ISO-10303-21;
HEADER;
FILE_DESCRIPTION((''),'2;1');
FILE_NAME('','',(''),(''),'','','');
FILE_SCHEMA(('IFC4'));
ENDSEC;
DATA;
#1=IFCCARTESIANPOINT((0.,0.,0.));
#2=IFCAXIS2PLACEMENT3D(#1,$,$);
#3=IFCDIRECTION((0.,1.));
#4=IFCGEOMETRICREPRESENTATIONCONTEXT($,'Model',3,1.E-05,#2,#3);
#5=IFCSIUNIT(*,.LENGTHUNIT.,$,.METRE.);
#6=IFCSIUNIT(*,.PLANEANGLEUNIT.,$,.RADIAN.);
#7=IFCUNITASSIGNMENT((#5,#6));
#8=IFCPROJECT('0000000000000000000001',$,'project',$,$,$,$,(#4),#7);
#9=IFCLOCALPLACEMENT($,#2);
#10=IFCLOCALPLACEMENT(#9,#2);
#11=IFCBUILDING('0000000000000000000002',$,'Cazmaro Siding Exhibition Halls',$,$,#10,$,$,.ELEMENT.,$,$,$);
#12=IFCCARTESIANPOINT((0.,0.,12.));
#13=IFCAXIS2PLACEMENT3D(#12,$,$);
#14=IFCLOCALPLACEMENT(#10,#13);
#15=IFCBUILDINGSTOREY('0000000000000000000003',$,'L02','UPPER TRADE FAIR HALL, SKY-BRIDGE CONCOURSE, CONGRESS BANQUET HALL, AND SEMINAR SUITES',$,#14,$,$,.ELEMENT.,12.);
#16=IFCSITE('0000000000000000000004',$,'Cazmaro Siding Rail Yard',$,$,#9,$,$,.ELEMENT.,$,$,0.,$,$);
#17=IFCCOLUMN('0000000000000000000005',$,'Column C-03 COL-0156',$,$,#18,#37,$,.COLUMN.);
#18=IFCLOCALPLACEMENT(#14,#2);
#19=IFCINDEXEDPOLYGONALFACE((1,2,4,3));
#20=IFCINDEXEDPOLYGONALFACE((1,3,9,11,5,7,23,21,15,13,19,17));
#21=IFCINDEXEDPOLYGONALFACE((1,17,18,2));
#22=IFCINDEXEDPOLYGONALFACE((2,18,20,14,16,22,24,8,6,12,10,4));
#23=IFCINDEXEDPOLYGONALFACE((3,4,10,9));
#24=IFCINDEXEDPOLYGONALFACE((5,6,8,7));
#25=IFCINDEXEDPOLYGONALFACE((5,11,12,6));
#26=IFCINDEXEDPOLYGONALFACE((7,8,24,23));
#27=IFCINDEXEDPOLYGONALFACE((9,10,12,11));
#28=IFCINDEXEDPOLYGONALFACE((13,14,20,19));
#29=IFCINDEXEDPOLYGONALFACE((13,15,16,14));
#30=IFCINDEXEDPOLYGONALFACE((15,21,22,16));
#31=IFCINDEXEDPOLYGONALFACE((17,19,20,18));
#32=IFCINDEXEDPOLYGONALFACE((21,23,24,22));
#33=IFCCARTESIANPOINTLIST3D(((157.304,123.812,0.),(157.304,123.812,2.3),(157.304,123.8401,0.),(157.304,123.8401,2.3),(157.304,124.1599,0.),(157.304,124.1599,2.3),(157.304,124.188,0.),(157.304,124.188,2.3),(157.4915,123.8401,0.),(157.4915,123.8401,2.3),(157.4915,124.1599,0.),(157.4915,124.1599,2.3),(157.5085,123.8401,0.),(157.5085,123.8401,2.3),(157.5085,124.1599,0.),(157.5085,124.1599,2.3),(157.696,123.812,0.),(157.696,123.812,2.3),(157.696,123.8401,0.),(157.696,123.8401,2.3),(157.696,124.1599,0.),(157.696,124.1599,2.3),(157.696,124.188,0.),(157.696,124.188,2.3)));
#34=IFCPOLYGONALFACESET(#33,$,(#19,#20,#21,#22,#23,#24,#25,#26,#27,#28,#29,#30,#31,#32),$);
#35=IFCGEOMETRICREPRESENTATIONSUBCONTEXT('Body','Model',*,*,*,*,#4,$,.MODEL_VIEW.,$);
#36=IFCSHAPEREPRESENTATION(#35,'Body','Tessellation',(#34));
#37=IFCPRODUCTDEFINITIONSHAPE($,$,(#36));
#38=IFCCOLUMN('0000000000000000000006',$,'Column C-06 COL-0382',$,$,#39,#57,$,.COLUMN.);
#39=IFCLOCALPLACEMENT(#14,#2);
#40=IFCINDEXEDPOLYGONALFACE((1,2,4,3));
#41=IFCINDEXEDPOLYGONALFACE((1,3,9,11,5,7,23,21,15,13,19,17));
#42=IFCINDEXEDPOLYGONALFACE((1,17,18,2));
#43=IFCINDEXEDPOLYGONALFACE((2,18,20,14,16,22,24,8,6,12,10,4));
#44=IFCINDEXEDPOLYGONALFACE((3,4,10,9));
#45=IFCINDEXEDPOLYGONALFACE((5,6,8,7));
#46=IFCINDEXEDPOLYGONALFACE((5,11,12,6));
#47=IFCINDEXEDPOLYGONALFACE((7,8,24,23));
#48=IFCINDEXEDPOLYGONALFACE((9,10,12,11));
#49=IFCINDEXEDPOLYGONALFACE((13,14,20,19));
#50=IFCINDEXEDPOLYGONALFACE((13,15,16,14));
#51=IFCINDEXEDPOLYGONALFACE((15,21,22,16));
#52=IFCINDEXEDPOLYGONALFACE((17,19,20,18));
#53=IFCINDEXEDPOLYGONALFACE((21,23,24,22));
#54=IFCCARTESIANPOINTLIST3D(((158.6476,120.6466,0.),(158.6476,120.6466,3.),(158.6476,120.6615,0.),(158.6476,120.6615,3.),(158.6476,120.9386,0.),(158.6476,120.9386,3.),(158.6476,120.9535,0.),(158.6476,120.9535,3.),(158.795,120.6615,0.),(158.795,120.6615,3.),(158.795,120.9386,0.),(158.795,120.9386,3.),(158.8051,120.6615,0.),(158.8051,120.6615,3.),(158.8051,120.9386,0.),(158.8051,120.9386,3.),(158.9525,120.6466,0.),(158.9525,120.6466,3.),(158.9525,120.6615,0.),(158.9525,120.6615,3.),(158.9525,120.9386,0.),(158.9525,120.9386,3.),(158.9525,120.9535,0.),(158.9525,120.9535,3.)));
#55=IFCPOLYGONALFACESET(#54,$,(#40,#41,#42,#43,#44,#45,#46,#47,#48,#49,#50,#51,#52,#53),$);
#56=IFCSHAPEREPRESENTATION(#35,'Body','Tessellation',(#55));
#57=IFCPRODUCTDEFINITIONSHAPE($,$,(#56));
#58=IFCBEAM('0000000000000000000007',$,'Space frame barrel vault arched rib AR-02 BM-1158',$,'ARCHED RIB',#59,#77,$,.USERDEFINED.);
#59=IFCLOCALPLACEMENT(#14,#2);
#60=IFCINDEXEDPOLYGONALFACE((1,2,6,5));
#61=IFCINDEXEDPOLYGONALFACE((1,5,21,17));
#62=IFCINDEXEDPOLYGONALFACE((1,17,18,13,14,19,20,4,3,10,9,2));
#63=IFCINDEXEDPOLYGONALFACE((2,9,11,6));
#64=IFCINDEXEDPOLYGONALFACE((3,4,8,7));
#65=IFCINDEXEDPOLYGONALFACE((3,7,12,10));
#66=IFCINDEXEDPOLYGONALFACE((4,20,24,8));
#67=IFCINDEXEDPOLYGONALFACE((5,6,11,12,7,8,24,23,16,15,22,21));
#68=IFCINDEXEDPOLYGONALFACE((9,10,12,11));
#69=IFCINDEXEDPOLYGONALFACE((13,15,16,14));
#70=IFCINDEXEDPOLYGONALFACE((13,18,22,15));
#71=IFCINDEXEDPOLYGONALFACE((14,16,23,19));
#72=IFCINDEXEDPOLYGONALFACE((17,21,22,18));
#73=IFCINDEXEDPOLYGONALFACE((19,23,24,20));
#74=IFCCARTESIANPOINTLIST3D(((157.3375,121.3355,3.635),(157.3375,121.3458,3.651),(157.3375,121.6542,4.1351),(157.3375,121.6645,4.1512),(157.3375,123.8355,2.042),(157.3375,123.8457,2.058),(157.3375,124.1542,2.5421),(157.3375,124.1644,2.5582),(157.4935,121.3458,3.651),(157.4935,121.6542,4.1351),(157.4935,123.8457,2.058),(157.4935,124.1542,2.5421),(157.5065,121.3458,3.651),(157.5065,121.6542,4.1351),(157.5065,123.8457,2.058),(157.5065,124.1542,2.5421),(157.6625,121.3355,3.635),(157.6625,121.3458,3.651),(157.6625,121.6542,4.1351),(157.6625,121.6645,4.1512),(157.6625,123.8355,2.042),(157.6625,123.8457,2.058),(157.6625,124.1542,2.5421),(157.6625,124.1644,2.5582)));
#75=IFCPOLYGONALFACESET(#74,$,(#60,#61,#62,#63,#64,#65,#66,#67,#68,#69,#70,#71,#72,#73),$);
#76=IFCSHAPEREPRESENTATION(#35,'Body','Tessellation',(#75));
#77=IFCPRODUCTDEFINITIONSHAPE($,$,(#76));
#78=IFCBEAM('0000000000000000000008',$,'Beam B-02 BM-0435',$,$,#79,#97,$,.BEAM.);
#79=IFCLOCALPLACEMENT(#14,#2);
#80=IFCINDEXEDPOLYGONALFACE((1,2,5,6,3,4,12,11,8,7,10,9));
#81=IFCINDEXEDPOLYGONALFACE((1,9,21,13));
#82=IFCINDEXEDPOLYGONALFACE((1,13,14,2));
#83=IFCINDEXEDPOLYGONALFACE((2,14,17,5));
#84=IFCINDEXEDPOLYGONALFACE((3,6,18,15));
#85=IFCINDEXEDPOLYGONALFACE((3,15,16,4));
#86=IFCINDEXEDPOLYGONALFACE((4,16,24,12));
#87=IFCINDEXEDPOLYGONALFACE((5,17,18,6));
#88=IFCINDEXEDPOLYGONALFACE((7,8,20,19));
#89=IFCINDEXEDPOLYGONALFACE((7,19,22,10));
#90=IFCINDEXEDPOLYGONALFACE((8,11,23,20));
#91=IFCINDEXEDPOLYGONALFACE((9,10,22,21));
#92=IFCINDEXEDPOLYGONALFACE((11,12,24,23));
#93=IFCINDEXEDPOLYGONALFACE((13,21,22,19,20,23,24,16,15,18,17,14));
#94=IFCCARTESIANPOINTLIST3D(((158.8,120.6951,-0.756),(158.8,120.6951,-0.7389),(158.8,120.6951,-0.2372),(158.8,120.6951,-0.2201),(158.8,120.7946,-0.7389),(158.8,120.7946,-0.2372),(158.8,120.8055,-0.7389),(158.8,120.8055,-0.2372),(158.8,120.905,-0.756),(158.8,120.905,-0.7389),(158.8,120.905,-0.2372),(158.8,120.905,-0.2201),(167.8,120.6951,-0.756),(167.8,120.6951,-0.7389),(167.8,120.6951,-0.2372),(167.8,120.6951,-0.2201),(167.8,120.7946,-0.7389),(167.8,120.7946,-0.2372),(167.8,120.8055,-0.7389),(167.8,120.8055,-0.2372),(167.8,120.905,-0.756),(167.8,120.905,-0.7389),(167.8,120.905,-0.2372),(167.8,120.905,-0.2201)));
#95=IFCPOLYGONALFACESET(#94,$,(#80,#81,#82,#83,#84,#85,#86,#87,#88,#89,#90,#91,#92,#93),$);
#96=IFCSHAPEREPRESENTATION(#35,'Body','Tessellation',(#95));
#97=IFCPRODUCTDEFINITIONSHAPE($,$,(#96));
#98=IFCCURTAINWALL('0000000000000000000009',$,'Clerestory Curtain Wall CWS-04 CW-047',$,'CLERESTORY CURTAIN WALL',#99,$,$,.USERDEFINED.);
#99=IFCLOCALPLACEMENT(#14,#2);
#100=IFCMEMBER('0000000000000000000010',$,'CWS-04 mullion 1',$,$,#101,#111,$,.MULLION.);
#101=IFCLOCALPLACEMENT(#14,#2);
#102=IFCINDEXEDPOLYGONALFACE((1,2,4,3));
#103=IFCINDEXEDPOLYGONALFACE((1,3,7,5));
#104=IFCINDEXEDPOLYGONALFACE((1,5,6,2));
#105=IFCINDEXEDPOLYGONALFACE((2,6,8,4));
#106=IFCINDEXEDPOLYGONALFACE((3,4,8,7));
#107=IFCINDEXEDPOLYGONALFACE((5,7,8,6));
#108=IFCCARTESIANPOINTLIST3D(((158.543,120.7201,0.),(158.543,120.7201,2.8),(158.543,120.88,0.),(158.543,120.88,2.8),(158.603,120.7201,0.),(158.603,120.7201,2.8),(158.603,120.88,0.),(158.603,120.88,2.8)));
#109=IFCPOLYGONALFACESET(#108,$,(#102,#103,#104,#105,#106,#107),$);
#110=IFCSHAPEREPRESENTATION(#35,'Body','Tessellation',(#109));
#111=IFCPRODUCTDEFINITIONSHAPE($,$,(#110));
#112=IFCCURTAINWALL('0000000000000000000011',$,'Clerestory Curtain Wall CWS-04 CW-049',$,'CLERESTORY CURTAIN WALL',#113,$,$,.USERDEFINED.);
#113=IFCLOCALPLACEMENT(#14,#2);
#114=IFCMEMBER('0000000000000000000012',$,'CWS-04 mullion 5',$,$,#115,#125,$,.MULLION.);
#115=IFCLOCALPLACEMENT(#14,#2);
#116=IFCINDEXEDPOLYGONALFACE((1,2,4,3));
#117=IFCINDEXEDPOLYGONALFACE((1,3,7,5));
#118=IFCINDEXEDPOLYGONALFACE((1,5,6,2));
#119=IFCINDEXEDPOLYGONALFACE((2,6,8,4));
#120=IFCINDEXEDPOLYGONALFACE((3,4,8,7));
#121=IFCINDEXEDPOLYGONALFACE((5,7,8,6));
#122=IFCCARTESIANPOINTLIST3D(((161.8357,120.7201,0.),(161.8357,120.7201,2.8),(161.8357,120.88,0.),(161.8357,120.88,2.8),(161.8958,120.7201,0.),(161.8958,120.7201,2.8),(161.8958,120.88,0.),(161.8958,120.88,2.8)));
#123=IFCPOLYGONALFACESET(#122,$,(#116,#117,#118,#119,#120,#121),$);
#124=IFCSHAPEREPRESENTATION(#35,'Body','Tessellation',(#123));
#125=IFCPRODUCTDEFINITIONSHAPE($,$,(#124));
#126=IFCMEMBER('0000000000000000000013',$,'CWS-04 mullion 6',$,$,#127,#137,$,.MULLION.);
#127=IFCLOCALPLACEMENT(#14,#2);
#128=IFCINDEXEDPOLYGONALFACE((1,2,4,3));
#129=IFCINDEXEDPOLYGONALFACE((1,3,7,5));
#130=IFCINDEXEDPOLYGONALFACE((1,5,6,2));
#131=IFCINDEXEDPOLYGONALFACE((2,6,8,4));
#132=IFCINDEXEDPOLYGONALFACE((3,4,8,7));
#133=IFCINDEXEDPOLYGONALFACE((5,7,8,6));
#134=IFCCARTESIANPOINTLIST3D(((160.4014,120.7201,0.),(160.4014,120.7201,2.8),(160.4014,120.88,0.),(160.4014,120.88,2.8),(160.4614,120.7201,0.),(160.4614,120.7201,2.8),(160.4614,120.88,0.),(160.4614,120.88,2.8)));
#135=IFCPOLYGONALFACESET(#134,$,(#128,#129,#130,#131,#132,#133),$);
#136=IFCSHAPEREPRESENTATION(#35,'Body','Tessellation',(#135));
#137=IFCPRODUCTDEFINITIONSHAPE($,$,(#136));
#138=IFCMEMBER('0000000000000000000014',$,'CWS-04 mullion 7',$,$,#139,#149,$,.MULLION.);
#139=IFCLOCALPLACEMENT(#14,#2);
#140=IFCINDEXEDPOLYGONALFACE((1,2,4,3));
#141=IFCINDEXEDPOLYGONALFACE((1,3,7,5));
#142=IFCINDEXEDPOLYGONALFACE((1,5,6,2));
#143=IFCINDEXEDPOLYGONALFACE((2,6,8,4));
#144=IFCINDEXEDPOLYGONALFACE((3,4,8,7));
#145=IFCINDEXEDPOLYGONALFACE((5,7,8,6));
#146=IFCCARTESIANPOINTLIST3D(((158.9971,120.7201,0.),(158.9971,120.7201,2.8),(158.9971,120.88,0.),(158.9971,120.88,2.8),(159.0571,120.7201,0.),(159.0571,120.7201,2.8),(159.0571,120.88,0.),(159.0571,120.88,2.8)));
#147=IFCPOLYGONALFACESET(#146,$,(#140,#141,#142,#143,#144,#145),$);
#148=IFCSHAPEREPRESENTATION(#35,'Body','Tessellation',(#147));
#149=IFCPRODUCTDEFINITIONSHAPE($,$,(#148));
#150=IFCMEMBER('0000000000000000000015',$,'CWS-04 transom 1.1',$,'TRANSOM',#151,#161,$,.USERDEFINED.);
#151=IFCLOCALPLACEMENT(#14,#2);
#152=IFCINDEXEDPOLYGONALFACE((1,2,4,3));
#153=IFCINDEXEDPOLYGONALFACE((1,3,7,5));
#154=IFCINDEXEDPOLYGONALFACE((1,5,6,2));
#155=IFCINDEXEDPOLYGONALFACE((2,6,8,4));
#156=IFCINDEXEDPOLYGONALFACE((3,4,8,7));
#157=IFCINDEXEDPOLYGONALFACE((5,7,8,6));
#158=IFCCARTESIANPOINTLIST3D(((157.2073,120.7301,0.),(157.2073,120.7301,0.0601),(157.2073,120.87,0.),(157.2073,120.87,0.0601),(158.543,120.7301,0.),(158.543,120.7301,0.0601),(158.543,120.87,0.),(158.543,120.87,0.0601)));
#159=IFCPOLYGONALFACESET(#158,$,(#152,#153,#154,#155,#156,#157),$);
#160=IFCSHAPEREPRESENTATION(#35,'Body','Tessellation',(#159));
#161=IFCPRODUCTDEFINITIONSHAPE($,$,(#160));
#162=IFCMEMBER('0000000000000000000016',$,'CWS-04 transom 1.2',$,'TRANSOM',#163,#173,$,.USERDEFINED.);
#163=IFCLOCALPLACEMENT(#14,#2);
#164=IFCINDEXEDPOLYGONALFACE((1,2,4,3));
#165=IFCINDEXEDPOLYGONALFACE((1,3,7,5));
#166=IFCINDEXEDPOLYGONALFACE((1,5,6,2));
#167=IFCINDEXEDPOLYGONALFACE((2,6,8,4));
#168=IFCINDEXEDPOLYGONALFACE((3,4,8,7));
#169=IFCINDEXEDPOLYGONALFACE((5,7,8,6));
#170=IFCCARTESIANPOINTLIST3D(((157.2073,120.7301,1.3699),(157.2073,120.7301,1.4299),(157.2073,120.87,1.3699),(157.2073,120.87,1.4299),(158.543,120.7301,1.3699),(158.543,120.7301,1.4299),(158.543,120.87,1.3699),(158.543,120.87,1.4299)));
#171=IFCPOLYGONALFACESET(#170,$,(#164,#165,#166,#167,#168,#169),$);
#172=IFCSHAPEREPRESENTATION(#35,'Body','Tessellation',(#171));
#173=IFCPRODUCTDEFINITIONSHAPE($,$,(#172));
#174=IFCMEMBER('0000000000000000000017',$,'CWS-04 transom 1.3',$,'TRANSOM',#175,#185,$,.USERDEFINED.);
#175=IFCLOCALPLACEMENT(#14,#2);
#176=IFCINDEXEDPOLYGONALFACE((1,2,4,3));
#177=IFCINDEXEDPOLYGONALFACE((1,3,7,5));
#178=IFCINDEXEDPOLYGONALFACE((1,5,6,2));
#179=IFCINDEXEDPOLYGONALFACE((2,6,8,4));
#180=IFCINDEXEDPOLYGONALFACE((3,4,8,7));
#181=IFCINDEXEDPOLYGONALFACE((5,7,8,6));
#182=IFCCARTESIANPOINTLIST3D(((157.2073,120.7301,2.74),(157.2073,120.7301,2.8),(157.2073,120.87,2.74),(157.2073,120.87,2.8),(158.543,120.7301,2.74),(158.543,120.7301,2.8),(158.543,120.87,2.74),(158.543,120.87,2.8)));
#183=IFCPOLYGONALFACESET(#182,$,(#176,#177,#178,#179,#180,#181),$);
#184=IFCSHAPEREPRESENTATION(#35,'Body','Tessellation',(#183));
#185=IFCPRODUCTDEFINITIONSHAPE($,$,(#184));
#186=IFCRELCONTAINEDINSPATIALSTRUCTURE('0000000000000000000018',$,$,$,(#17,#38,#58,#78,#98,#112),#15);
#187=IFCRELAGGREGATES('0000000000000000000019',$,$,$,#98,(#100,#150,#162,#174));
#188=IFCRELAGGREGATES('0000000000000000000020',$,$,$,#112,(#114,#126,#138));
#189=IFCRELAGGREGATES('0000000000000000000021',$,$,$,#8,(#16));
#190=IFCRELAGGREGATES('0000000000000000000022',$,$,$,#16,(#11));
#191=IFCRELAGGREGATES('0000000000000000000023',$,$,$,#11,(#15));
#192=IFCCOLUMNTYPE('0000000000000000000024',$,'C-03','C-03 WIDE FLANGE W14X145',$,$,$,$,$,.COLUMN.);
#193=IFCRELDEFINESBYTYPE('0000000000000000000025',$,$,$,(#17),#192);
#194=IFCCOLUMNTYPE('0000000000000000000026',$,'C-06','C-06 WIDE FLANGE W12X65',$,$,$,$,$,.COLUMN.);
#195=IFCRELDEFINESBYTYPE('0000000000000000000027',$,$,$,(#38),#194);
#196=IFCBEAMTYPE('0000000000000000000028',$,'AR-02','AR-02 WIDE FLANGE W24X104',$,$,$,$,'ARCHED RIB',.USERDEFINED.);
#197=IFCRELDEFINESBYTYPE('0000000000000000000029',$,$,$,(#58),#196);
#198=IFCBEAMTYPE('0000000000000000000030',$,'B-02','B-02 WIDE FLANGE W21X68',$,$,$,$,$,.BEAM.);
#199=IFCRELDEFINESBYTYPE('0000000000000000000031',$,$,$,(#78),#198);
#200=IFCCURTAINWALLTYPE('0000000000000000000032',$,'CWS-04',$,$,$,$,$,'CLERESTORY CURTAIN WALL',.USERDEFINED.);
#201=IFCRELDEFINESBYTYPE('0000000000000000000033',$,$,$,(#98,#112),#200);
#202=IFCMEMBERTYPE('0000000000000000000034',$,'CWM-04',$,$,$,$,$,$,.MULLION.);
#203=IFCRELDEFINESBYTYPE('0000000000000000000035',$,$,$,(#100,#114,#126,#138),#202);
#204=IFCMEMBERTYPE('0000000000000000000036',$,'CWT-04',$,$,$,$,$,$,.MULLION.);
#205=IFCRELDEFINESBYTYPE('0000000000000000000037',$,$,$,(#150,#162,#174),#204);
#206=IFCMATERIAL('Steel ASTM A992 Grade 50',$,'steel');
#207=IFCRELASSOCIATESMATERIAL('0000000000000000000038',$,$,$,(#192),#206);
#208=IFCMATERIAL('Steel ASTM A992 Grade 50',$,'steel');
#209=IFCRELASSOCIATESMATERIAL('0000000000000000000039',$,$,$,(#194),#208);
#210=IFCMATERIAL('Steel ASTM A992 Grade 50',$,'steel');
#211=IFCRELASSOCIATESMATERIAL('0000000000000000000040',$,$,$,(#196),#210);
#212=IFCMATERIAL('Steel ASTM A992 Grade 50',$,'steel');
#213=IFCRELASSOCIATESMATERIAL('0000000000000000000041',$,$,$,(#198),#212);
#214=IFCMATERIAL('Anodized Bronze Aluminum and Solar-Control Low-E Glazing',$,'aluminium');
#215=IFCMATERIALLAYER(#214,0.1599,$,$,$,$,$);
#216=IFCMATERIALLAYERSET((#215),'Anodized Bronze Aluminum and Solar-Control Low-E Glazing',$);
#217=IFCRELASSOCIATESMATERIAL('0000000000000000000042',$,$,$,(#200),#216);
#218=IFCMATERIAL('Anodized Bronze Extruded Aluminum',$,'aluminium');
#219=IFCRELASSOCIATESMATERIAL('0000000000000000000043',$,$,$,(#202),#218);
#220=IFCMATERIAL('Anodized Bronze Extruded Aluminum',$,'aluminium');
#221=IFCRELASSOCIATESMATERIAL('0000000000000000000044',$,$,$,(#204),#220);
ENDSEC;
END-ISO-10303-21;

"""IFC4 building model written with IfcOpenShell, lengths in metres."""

from ifc_helpers import new_model, si_unit, direction, frame, origin, origin_2d, place, context, subcontext, project, spatial, rectangle, i_section, extrude, material, layer, layer_set, material_profile, profile_set, type_object, element, aggregate, save


model = new_model("IFC4")

# Units and contexts
model_context = context("Model", 3, precision=1e-05, world=origin(), true_north=direction((0.0, 1.0)))
body_context = subcontext(model_context, "Body", "Model", "MODEL_VIEW")
ifc_project = project(units=[si_unit("LENGTHUNIT", "METRE"), si_unit("PLANEANGLEUNIT", "RADIAN")], contexts=[model_context])

# Site, building, storey
site_placement = place(None, origin())
site = spatial("IfcSite", under=ifc_project, at=site_placement, Name="Cazmaro Siding Rail Yard", CompositionType="ELEMENT", RefElevation=0.0)
building_placement = place(site_placement, origin())
building = spatial("IfcBuilding", under=site, at=building_placement, Name="Cazmaro Siding Exhibition Halls", CompositionType="ELEMENT")
storey_placement = place(building_placement, frame((0.0, 0.0, 12.0)))
storey = spatial("IfcBuildingStorey", under=building, at=storey_placement, Name="L02", Description="UPPER TRADE FAIR HALL, SKY-BRIDGE CONCOURSE, CONGRESS BANQUET HALL, AND SEMINAR SUITES", CompositionType="ELEMENT", Elevation=12.0)

# Columns
ifc_material_1 = material(Name="Steel ASTM A992 Grade 50", Category="steel")
ifc_material_profile_1 = material_profile(ifc_material_1, i_section(OverallWidth=0.3921, OverallDepth=0.376, WebThickness=0.0171, FlangeThickness=0.0281, at=origin_2d()), Name="W14X145")
ifc_profile_set_1 = profile_set([ifc_material_profile_1], Name="Steel ASTM A992 Grade 50")
column_type_1 = type_object("IfcColumnType", Name="C-03", Description="C-03 WIDE FLANGE W14X145", PredefinedType="COLUMN", material=ifc_profile_set_1)
column_1_placement = place(storey_placement, frame((157.5, 124.0, 0.0), z_axis=(0.0, 0.0, 1.0), x_axis=(1.0, 0.0, 0.0)))
element("IfcColumn", 1, at=column_1_placement, inside=storey, type_object=column_type_1, Name="Column C-03 COL-0156", PredefinedType="COLUMN", context=body_context, shape_type="SweptSolid", body=[
    extrude(i_section(OverallWidth=0.3921, OverallDepth=0.376, WebThickness=0.0171, FlangeThickness=0.0281, at=origin_2d()), origin(), (0.0, 0.0, 1.0), 2.3),
])
ifc_material_2 = material(Name="Steel ASTM A992 Grade 50", Category="steel")
ifc_material_profile_2 = material_profile(ifc_material_2, i_section(OverallWidth=0.3049, OverallDepth=0.3069, WebThickness=0.01, FlangeThickness=0.0149, at=origin_2d()), Name="W12X65")
ifc_profile_set_2 = profile_set([ifc_material_profile_2], Name="Steel ASTM A992 Grade 50")
column_type_2 = type_object("IfcColumnType", Name="C-06", Description="C-06 WIDE FLANGE W12X65", PredefinedType="COLUMN", material=ifc_profile_set_2)
column_2_placement = place(storey_placement, frame((158.8, 120.8, 0.0), z_axis=(0.0, 0.0, 1.0), x_axis=(1.0, 0.0, 0.0)))
element("IfcColumn", 2, at=column_2_placement, inside=storey, type_object=column_type_2, Name="Column C-06 COL-0382", PredefinedType="COLUMN", context=body_context, shape_type="SweptSolid", body=[
    extrude(i_section(OverallWidth=0.3049, OverallDepth=0.3069, WebThickness=0.01, FlangeThickness=0.0149, at=origin_2d()), origin(), (0.0, 0.0, 1.0), 3.0),
])

# Beams
ifc_material_3 = material(Name="Steel ASTM A992 Grade 50", Category="steel")
ifc_material_profile_3 = material_profile(ifc_material_3, i_section(OverallWidth=0.325, OverallDepth=0.6121, WebThickness=0.0129, FlangeThickness=0.019, at=origin_2d()), Name="W24X104")
ifc_profile_set_3 = profile_set([ifc_material_profile_3], Name="Steel ASTM A992 Grade 50")
beam_type_1 = type_object("IfcBeamType", Name="AR-02", Description="AR-02 WIDE FLANGE W24X104", ElementType="ARCHED RIB", PredefinedType="USERDEFINED", material=ifc_profile_set_3)
beam_1_placement = place(storey_placement, frame((157.5, 121.5, 3.8931), z_axis=(0.0, 0.843339, -0.537382), x_axis=(-1.0, 0.0, 0.0)))
element("IfcBeam", 3, at=beam_1_placement, inside=storey, type_object=beam_type_1, Name="Space frame barrel vault arched rib AR-02 BM-1158", ObjectType="ARCHED RIB", PredefinedType="USERDEFINED", context=body_context, shape_type="SweptSolid", body=[
    extrude(i_section(OverallWidth=0.325, OverallDepth=0.6121, WebThickness=0.0129, FlangeThickness=0.019, at=origin_2d()), origin(), (0.0, 0.0, 1.0), 2.9644),
])
ifc_material_4 = material(Name="Steel ASTM A992 Grade 50", Category="steel")
ifc_material_profile_4 = material_profile(ifc_material_4, i_section(OverallWidth=0.21, OverallDepth=0.5359, WebThickness=0.011, FlangeThickness=0.0171, at=origin_2d()), Name="W21X68")
ifc_profile_set_4 = profile_set([ifc_material_profile_4], Name="Steel ASTM A992 Grade 50")
beam_type_2 = type_object("IfcBeamType", Name="B-02", Description="B-02 WIDE FLANGE W21X68", PredefinedType="BEAM", material=ifc_profile_set_4)
beam_2_placement = place(storey_placement, frame((158.8, 120.8, -0.488), z_axis=(1.0, 0.0, 0.0), x_axis=(0.0, 1.0, 0.0)))
element("IfcBeam", 4, at=beam_2_placement, inside=storey, type_object=beam_type_2, Name="Beam B-02 BM-0435", PredefinedType="BEAM", context=body_context, shape_type="SweptSolid", body=[
    extrude(i_section(OverallWidth=0.21, OverallDepth=0.5359, WebThickness=0.011, FlangeThickness=0.0171, at=origin_2d()), origin(), (0.0, 0.0, 1.0), 9.0),
])

# Curtain wall, member
ifc_material_5 = material(Name="Anodized Bronze Aluminum and Solar-Control Low-E Glazing", Category="aluminium")
ifc_layer_1 = layer(ifc_material_5, 0.1599)
ifc_layer_set_1 = layer_set([ifc_layer_1], Name="Anodized Bronze Aluminum and Solar-Control Low-E Glazing")
curtain_wall_type = type_object("IfcCurtainWallType", Name="CWS-04", ElementType="CLERESTORY CURTAIN WALL", PredefinedType="USERDEFINED", material=ifc_layer_set_1)
curtain_wall_1_placement = place(storey_placement, origin())
curtain_wall_1 = element("IfcCurtainWall", 5, at=curtain_wall_1_placement, inside=storey, type_object=curtain_wall_type, Name="Clerestory Curtain Wall CWS-04 CW-047", ObjectType="CLERESTORY CURTAIN WALL", PredefinedType="USERDEFINED")
ifc_material_6 = material(Name="Anodized Bronze Extruded Aluminum", Category="aluminium")
ifc_material_profile_5 = material_profile(ifc_material_6, rectangle(XDim=0.1599, YDim=0.0601, at=origin_2d()), Name="CWM-04")
ifc_profile_set_5 = profile_set([ifc_material_profile_5], Name="Anodized Bronze Extruded Aluminum")
member_type_1 = type_object("IfcMemberType", Name="CWM-04", PredefinedType="MULLION", material=ifc_profile_set_5)
member_1_placement = place(storey_placement, frame((158.573, 120.8, 0.0), z_axis=(0.0, 0.0, 1.0), x_axis=(0.0, -1.0, 0.0)))
member_1 = element("IfcMember", 6, at=member_1_placement, type_object=member_type_1, Name="CWS-04 mullion 1", PredefinedType="MULLION", context=body_context, shape_type="SweptSolid", body=[
    extrude(rectangle(XDim=0.1599, YDim=0.0601, at=origin_2d()), origin(), (0.0, 0.0, 1.0), 2.8),
])

# Curtain wall, members
curtain_wall_2_placement = place(storey_placement, origin())
curtain_wall_2 = element("IfcCurtainWall", 7, at=curtain_wall_2_placement, inside=storey, type_object=curtain_wall_type, Name="Clerestory Curtain Wall CWS-04 CW-049", ObjectType="CLERESTORY CURTAIN WALL", PredefinedType="USERDEFINED")
member_2_placement = place(storey_placement, frame((161.8657, 120.8, 0.0), z_axis=(0.0, 0.0, 1.0), x_axis=(0.0, -1.0, 0.0)))
member_2 = element("IfcMember", 8, at=member_2_placement, type_object=member_type_1, Name="CWS-04 mullion 5", PredefinedType="MULLION", context=body_context, shape_type="SweptSolid", body=[
    extrude(rectangle(XDim=0.1599, YDim=0.0601, at=origin_2d()), origin(), (0.0, 0.0, 1.0), 2.8),
])
member_3_placement = place(storey_placement, frame((160.4314, 120.8, 0.0), z_axis=(0.0, 0.0, 1.0), x_axis=(0.0, -1.0, 0.0)))
member_3 = element("IfcMember", 9, at=member_3_placement, type_object=member_type_1, Name="CWS-04 mullion 6", PredefinedType="MULLION", context=body_context, shape_type="SweptSolid", body=[
    extrude(rectangle(XDim=0.1599, YDim=0.0601, at=origin_2d()), origin(), (0.0, 0.0, 1.0), 2.8),
])
member_4_placement = place(storey_placement, frame((159.0271, 120.8, 0.0), z_axis=(0.0, 0.0, 1.0), x_axis=(0.0, -1.0, 0.0)))
member_4 = element("IfcMember", 10, at=member_4_placement, type_object=member_type_1, Name="CWS-04 mullion 7", PredefinedType="MULLION", context=body_context, shape_type="SweptSolid", body=[
    extrude(rectangle(XDim=0.1599, YDim=0.0601, at=origin_2d()), origin(), (0.0, 0.0, 1.0), 2.8),
])

# Members
ifc_material_7 = material(Name="Anodized Bronze Extruded Aluminum", Category="aluminium")
ifc_material_profile_6 = material_profile(ifc_material_7, rectangle(XDim=0.1399, YDim=0.0601, at=origin_2d()), Name="CWT-04")
ifc_profile_set_6 = profile_set([ifc_material_profile_6], Name="Anodized Bronze Extruded Aluminum")
member_type_2 = type_object("IfcMemberType", Name="CWT-04", PredefinedType="MULLION", material=ifc_profile_set_6)
member_5_placement = place(storey_placement, frame((158.543, 120.8, 0.03), z_axis=(-1.0, 0.0, 0.0), x_axis=(0.0, -1.0, 0.0)))
member_5 = element("IfcMember", 11, at=member_5_placement, type_object=member_type_2, Name="CWS-04 transom 1.1", ObjectType="TRANSOM", PredefinedType="USERDEFINED", context=body_context, shape_type="SweptSolid", body=[
    extrude(rectangle(XDim=0.1399, YDim=0.0601, at=origin_2d()), origin(), (0.0, 0.0, 1.0), 1.3357),
])
member_6_placement = place(storey_placement, frame((158.543, 120.8, 1.3999), z_axis=(-1.0, 0.0, 0.0), x_axis=(0.0, -1.0, 0.0)))
member_6 = element("IfcMember", 12, at=member_6_placement, type_object=member_type_2, Name="CWS-04 transom 1.2", ObjectType="TRANSOM", PredefinedType="USERDEFINED", context=body_context, shape_type="SweptSolid", body=[
    extrude(rectangle(XDim=0.1399, YDim=0.0601, at=origin_2d()), origin(), (0.0, 0.0, 1.0), 1.3357),
])
member_7_placement = place(storey_placement, frame((158.543, 120.8, 2.77), z_axis=(-1.0, 0.0, 0.0), x_axis=(0.0, -1.0, 0.0)))
member_7 = element("IfcMember", 13, at=member_7_placement, type_object=member_type_2, Name="CWS-04 transom 1.3", ObjectType="TRANSOM", PredefinedType="USERDEFINED", context=body_context, shape_type="SweptSolid", body=[
    extrude(rectangle(XDim=0.1399, YDim=0.0601, at=origin_2d()), origin(), (0.0, 0.0, 1.0), 1.3357),
])

aggregate(curtain_wall_1, [member_1, member_5, member_6, member_7])
aggregate(curtain_wall_2, [member_2, member_3, member_4])

save(model, "model.ifc")
